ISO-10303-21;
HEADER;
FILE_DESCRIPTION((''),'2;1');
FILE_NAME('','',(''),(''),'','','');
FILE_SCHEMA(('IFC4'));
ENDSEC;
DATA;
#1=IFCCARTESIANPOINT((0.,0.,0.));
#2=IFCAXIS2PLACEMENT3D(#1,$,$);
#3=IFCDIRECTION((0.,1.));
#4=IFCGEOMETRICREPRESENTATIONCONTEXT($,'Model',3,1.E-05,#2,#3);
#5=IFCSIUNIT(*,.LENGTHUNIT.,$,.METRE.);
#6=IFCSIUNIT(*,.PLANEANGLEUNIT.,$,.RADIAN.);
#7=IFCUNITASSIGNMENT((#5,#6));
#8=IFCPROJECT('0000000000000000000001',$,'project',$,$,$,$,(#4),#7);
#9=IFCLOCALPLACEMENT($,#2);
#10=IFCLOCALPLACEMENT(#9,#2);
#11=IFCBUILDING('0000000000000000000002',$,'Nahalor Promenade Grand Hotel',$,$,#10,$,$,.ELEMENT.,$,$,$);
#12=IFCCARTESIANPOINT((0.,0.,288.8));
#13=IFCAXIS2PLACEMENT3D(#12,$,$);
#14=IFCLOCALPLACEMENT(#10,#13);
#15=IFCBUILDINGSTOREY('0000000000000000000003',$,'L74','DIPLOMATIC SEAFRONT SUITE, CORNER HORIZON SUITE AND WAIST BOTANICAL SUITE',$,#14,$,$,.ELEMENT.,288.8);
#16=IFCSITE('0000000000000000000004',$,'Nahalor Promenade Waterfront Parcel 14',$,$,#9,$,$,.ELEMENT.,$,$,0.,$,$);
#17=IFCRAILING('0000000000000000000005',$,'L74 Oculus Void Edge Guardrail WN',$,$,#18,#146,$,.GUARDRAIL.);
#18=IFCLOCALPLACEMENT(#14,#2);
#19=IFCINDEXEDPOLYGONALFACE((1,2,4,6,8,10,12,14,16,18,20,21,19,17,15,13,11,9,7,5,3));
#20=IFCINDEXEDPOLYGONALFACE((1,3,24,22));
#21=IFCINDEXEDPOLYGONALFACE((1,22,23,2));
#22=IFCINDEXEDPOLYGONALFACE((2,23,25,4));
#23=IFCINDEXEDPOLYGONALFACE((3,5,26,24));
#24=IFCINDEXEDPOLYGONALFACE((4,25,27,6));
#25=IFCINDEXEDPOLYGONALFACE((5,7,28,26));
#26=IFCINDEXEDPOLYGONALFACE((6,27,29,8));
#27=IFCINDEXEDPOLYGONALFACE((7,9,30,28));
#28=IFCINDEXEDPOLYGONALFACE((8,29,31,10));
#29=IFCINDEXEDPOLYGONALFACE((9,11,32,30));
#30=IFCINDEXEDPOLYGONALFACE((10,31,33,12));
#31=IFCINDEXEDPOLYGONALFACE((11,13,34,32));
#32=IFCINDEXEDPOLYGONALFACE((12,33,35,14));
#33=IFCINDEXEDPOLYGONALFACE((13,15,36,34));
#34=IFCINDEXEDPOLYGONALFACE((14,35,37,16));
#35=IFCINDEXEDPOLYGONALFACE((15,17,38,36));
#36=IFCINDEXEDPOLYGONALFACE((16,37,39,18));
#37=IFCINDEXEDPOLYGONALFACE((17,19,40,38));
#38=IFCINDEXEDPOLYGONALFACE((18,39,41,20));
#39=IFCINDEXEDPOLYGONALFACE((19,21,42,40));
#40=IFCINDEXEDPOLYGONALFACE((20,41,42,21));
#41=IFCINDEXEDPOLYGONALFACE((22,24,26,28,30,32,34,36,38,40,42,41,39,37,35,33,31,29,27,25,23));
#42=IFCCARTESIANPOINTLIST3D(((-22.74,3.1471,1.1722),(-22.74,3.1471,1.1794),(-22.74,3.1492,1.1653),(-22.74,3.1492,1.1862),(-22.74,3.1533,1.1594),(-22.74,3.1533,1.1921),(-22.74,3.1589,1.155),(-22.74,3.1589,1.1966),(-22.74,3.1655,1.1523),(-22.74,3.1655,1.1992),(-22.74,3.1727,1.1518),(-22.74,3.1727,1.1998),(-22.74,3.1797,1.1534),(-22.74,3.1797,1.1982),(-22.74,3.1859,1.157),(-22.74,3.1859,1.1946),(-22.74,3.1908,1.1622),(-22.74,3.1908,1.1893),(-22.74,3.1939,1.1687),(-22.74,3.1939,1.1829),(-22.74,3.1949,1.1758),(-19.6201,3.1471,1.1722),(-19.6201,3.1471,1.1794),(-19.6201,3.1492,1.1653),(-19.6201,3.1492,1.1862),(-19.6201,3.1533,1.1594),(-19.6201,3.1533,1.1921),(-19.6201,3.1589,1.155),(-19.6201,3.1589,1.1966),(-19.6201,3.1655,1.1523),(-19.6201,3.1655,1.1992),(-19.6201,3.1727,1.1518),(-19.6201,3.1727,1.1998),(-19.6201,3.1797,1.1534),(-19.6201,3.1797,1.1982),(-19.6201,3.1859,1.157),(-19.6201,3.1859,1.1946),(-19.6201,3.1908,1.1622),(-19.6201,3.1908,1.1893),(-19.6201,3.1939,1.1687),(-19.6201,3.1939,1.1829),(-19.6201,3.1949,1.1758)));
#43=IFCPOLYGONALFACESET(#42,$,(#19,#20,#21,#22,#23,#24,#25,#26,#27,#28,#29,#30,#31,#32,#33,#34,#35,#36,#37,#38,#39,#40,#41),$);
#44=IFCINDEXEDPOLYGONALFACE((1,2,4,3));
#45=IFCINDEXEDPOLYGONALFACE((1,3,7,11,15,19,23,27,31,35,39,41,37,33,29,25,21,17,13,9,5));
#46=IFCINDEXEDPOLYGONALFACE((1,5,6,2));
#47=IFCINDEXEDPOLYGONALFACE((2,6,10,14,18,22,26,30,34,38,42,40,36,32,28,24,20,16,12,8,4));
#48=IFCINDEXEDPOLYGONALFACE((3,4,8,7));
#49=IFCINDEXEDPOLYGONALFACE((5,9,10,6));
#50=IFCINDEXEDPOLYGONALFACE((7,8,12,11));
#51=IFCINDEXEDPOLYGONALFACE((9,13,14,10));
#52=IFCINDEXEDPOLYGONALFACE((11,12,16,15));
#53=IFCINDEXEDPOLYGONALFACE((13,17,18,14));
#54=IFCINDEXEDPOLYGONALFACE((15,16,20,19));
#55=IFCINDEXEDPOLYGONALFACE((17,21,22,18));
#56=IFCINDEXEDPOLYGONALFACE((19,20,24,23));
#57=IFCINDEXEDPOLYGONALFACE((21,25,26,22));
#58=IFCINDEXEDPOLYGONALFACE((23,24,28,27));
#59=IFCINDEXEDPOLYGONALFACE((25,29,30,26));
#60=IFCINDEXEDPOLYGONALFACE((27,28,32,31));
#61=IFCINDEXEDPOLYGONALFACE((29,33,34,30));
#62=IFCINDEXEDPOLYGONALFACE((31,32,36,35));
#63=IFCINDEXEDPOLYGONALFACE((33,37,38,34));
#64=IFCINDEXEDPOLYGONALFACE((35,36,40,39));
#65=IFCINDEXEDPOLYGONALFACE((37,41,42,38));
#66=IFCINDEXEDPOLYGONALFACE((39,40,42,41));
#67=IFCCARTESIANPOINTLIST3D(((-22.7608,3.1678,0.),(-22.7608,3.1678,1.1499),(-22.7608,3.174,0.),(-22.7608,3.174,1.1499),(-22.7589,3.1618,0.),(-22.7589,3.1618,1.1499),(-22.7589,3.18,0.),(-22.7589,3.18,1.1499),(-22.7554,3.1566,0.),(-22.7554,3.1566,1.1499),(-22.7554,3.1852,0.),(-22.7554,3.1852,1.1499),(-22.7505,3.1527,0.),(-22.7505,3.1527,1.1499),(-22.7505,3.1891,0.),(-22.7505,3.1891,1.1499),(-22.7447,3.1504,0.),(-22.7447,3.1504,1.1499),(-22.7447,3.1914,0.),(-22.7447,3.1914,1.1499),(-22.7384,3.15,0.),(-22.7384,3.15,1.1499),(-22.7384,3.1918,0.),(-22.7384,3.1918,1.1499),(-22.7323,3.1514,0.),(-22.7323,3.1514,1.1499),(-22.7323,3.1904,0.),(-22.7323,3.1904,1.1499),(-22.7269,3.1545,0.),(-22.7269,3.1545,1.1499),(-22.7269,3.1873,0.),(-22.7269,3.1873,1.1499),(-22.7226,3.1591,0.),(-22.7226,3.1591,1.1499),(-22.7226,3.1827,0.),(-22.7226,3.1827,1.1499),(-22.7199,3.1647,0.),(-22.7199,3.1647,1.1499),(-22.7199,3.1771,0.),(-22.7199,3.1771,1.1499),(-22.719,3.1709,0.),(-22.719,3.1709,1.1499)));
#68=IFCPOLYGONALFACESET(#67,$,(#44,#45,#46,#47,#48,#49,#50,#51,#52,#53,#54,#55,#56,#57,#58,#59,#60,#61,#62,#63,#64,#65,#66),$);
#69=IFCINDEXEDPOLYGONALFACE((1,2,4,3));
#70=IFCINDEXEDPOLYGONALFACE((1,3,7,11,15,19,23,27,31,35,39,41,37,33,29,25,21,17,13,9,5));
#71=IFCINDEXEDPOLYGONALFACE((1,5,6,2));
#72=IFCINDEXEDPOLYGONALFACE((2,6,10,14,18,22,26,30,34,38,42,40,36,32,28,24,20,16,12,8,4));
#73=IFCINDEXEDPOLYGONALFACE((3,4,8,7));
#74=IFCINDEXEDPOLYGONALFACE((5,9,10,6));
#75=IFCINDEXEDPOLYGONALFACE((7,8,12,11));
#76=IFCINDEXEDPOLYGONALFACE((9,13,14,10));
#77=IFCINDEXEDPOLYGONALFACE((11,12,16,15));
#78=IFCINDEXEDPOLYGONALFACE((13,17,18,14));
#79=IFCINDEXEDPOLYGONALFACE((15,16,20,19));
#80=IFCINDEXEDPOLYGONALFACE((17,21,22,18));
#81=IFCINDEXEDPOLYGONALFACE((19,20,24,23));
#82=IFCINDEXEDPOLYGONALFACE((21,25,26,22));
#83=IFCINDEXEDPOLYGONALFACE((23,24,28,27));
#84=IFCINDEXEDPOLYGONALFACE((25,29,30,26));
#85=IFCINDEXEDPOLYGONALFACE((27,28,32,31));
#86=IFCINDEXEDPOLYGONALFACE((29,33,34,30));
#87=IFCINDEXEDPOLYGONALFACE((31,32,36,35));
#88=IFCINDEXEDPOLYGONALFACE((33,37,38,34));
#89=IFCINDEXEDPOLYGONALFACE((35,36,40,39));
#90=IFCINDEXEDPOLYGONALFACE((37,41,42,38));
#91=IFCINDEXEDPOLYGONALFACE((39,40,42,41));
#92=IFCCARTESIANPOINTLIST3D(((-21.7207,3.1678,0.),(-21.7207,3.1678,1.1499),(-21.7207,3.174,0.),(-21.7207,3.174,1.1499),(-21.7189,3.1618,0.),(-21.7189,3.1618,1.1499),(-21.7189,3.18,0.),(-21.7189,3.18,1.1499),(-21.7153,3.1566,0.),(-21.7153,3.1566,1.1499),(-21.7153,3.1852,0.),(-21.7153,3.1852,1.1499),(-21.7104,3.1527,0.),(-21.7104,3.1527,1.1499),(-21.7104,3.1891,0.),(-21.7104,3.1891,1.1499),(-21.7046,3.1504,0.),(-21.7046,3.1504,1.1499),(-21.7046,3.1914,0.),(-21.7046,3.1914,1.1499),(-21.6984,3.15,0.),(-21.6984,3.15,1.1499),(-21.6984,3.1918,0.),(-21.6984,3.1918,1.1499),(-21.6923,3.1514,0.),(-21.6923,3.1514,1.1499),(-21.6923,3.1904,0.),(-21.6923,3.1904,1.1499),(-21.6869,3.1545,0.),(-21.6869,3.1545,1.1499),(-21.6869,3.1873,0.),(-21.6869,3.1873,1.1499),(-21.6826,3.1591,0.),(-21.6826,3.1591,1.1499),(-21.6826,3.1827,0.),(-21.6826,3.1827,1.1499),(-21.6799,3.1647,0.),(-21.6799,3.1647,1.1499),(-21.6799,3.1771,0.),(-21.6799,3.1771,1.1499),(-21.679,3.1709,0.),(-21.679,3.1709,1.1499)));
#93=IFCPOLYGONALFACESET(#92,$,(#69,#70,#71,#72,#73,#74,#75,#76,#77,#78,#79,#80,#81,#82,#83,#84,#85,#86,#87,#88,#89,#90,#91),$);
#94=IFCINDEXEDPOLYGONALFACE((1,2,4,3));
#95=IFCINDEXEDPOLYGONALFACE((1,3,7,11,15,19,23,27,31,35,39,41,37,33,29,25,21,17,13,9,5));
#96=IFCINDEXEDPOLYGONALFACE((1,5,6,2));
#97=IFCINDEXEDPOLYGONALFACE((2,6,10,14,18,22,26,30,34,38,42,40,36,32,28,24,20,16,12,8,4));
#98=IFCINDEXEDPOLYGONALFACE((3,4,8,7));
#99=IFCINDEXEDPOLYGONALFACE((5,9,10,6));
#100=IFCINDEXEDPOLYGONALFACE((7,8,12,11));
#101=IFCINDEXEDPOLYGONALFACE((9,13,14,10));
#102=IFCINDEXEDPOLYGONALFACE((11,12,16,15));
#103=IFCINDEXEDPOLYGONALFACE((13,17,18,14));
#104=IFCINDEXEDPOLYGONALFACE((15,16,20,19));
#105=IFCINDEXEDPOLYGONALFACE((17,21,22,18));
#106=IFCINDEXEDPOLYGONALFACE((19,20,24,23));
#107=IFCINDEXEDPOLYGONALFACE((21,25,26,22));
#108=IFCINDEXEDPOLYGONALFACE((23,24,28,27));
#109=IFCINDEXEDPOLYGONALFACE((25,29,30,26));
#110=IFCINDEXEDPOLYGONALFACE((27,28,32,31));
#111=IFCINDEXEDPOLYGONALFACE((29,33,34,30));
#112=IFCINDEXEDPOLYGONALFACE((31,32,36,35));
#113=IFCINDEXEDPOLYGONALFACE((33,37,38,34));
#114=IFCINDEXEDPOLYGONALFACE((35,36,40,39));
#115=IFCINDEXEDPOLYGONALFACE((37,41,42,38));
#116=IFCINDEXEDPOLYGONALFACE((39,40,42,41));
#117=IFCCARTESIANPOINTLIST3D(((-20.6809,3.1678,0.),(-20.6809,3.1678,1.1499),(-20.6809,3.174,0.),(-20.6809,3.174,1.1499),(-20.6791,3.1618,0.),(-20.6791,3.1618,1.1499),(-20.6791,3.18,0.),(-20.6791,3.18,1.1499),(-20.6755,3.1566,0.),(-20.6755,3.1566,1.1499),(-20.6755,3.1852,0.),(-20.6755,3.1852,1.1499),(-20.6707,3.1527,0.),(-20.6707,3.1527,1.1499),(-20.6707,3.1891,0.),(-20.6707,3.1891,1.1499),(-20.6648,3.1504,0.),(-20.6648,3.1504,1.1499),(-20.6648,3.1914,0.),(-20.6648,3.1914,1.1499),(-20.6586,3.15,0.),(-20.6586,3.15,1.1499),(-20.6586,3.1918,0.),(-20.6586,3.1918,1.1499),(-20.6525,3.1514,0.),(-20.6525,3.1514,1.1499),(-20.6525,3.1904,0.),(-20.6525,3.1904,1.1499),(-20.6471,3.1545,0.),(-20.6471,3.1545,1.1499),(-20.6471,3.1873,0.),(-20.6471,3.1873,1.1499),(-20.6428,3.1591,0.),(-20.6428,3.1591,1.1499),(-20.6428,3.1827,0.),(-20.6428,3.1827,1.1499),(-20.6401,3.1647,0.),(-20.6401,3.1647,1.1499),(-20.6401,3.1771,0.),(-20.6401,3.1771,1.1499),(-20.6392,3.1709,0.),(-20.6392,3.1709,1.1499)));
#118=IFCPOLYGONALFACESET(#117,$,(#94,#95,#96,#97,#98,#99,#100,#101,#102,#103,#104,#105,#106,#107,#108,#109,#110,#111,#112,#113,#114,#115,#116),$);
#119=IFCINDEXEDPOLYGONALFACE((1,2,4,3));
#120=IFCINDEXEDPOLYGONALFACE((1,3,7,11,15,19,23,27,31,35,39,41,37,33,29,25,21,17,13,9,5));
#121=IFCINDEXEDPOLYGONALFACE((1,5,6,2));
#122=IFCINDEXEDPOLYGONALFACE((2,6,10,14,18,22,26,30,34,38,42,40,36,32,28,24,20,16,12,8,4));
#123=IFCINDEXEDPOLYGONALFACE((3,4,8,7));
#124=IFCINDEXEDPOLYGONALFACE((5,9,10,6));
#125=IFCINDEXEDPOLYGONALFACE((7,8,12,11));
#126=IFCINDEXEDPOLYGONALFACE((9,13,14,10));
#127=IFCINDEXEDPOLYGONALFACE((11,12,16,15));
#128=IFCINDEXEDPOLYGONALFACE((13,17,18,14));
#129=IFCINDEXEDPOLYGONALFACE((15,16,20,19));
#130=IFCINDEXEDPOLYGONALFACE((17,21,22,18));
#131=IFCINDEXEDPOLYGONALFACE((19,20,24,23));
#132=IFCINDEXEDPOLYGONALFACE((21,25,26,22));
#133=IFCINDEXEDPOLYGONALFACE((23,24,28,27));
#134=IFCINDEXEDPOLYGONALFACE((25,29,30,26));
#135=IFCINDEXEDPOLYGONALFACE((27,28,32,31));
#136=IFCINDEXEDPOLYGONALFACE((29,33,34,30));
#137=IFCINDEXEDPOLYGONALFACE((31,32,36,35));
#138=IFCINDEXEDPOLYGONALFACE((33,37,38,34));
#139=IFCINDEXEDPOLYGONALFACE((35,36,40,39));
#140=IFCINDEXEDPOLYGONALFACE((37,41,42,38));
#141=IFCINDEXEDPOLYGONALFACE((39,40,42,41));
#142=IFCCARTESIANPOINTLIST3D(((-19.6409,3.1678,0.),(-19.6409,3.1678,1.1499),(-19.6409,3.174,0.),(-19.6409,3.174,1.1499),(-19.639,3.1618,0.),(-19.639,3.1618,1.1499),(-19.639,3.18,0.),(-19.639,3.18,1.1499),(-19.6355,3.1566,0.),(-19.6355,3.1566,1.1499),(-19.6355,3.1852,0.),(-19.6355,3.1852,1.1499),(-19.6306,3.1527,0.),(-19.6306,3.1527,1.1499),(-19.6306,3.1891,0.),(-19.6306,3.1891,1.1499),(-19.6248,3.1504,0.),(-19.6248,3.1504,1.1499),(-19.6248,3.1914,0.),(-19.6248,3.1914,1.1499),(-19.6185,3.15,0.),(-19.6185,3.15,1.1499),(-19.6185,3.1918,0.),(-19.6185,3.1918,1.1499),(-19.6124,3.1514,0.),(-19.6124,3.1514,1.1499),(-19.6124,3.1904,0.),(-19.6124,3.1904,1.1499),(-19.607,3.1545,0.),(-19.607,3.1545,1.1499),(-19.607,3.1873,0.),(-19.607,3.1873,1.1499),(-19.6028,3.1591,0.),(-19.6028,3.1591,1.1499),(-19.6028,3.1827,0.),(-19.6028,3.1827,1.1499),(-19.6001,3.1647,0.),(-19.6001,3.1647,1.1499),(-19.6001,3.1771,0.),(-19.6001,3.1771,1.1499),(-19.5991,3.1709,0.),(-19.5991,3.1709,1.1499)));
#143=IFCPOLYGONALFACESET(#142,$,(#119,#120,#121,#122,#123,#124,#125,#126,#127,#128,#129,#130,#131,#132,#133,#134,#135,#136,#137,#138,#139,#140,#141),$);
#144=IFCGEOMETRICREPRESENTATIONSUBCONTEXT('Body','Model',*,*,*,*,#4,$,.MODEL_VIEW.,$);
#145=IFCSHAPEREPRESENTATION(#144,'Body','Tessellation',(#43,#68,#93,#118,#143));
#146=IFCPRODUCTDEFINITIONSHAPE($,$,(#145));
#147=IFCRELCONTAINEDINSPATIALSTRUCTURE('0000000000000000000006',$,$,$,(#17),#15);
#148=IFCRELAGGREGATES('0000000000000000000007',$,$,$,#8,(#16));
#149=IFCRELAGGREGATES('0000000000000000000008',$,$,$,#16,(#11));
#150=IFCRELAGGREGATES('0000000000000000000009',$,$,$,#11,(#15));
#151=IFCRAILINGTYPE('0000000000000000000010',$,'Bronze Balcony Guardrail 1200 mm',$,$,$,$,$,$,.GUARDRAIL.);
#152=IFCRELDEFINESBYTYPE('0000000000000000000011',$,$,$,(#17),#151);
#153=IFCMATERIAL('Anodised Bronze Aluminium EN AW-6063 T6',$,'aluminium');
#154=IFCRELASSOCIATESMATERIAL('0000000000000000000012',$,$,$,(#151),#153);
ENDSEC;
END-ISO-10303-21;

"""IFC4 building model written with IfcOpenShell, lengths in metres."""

from ifc_helpers import new_model, si_unit, direction, frame, origin, origin_2d, place, context, subcontext, project, spatial, circle, extrude, material, type_object, element, save


model = new_model("IFC4")

# Units and contexts
model_context = context("Model", 3, precision=1e-05, world=origin(), true_north=direction((0.0, 1.0)))
body_context = subcontext(model_context, "Body", "Model", "MODEL_VIEW")
ifc_project = project(units=[si_unit("LENGTHUNIT", "METRE"), si_unit("PLANEANGLEUNIT", "RADIAN")], contexts=[model_context])

# Site, building, storey
site_placement = place(None, origin())
site = spatial("IfcSite", under=ifc_project, at=site_placement, Name="Nahalor Promenade Waterfront Parcel 14", CompositionType="ELEMENT", RefElevation=0.0)
building_placement = place(site_placement, origin())
building = spatial("IfcBuilding", under=site, at=building_placement, Name="Nahalor Promenade Grand Hotel", CompositionType="ELEMENT")
storey_placement = place(building_placement, frame((0.0, 0.0, 288.8)))
storey = spatial("IfcBuildingStorey", under=building, at=storey_placement, Name="L74", Description="DIPLOMATIC SEAFRONT SUITE, CORNER HORIZON SUITE AND WAIST BOTANICAL SUITE", CompositionType="ELEMENT", Elevation=288.8)

# Shared definitions
ifc_material_1 = material(Name="Anodised Bronze Aluminium EN AW-6063 T6", Category="aluminium")

# Railing
railing_type = type_object("IfcRailingType", Name="Bronze Balcony Guardrail 1200 mm", PredefinedType="GUARDRAIL", material=ifc_material_1)
railing_1_placement = place(storey_placement, frame((-22.74, 3.1709, 0.0)))
element("IfcRailing", 1, at=railing_1_placement, inside=storey, type_object=railing_type, Name="L74 Oculus Void Edge Guardrail WN", PredefinedType="GUARDRAIL", context=body_context, shape_type="SweptSolid", body=[
    extrude(circle(Radius=0.024, at=origin_2d()), frame((0.0, 0.0, 1.1758), z_axis=(1.0, 0.0, 0.0), x_axis=(0.0, 1.0, 0.0)), (0.0, 0.0, 1.0), 3.1199),
    extrude(circle(Radius=0.021, at=origin_2d()), origin(), (0.0, 0.0, 1.0), 1.1499),
    extrude(circle(Radius=0.021, at=origin_2d()), frame((1.04, 0.0, 0.0)), (0.0, 0.0, 1.0), 1.1499),
    extrude(circle(Radius=0.021, at=origin_2d()), frame((2.0798, 0.0, 0.0)), (0.0, 0.0, 1.0), 1.1499),
    extrude(circle(Radius=0.021, at=origin_2d()), frame((3.1199, 0.0, 0.0)), (0.0, 0.0, 1.0), 1.1499),
])

save(model, "model.ifc")
